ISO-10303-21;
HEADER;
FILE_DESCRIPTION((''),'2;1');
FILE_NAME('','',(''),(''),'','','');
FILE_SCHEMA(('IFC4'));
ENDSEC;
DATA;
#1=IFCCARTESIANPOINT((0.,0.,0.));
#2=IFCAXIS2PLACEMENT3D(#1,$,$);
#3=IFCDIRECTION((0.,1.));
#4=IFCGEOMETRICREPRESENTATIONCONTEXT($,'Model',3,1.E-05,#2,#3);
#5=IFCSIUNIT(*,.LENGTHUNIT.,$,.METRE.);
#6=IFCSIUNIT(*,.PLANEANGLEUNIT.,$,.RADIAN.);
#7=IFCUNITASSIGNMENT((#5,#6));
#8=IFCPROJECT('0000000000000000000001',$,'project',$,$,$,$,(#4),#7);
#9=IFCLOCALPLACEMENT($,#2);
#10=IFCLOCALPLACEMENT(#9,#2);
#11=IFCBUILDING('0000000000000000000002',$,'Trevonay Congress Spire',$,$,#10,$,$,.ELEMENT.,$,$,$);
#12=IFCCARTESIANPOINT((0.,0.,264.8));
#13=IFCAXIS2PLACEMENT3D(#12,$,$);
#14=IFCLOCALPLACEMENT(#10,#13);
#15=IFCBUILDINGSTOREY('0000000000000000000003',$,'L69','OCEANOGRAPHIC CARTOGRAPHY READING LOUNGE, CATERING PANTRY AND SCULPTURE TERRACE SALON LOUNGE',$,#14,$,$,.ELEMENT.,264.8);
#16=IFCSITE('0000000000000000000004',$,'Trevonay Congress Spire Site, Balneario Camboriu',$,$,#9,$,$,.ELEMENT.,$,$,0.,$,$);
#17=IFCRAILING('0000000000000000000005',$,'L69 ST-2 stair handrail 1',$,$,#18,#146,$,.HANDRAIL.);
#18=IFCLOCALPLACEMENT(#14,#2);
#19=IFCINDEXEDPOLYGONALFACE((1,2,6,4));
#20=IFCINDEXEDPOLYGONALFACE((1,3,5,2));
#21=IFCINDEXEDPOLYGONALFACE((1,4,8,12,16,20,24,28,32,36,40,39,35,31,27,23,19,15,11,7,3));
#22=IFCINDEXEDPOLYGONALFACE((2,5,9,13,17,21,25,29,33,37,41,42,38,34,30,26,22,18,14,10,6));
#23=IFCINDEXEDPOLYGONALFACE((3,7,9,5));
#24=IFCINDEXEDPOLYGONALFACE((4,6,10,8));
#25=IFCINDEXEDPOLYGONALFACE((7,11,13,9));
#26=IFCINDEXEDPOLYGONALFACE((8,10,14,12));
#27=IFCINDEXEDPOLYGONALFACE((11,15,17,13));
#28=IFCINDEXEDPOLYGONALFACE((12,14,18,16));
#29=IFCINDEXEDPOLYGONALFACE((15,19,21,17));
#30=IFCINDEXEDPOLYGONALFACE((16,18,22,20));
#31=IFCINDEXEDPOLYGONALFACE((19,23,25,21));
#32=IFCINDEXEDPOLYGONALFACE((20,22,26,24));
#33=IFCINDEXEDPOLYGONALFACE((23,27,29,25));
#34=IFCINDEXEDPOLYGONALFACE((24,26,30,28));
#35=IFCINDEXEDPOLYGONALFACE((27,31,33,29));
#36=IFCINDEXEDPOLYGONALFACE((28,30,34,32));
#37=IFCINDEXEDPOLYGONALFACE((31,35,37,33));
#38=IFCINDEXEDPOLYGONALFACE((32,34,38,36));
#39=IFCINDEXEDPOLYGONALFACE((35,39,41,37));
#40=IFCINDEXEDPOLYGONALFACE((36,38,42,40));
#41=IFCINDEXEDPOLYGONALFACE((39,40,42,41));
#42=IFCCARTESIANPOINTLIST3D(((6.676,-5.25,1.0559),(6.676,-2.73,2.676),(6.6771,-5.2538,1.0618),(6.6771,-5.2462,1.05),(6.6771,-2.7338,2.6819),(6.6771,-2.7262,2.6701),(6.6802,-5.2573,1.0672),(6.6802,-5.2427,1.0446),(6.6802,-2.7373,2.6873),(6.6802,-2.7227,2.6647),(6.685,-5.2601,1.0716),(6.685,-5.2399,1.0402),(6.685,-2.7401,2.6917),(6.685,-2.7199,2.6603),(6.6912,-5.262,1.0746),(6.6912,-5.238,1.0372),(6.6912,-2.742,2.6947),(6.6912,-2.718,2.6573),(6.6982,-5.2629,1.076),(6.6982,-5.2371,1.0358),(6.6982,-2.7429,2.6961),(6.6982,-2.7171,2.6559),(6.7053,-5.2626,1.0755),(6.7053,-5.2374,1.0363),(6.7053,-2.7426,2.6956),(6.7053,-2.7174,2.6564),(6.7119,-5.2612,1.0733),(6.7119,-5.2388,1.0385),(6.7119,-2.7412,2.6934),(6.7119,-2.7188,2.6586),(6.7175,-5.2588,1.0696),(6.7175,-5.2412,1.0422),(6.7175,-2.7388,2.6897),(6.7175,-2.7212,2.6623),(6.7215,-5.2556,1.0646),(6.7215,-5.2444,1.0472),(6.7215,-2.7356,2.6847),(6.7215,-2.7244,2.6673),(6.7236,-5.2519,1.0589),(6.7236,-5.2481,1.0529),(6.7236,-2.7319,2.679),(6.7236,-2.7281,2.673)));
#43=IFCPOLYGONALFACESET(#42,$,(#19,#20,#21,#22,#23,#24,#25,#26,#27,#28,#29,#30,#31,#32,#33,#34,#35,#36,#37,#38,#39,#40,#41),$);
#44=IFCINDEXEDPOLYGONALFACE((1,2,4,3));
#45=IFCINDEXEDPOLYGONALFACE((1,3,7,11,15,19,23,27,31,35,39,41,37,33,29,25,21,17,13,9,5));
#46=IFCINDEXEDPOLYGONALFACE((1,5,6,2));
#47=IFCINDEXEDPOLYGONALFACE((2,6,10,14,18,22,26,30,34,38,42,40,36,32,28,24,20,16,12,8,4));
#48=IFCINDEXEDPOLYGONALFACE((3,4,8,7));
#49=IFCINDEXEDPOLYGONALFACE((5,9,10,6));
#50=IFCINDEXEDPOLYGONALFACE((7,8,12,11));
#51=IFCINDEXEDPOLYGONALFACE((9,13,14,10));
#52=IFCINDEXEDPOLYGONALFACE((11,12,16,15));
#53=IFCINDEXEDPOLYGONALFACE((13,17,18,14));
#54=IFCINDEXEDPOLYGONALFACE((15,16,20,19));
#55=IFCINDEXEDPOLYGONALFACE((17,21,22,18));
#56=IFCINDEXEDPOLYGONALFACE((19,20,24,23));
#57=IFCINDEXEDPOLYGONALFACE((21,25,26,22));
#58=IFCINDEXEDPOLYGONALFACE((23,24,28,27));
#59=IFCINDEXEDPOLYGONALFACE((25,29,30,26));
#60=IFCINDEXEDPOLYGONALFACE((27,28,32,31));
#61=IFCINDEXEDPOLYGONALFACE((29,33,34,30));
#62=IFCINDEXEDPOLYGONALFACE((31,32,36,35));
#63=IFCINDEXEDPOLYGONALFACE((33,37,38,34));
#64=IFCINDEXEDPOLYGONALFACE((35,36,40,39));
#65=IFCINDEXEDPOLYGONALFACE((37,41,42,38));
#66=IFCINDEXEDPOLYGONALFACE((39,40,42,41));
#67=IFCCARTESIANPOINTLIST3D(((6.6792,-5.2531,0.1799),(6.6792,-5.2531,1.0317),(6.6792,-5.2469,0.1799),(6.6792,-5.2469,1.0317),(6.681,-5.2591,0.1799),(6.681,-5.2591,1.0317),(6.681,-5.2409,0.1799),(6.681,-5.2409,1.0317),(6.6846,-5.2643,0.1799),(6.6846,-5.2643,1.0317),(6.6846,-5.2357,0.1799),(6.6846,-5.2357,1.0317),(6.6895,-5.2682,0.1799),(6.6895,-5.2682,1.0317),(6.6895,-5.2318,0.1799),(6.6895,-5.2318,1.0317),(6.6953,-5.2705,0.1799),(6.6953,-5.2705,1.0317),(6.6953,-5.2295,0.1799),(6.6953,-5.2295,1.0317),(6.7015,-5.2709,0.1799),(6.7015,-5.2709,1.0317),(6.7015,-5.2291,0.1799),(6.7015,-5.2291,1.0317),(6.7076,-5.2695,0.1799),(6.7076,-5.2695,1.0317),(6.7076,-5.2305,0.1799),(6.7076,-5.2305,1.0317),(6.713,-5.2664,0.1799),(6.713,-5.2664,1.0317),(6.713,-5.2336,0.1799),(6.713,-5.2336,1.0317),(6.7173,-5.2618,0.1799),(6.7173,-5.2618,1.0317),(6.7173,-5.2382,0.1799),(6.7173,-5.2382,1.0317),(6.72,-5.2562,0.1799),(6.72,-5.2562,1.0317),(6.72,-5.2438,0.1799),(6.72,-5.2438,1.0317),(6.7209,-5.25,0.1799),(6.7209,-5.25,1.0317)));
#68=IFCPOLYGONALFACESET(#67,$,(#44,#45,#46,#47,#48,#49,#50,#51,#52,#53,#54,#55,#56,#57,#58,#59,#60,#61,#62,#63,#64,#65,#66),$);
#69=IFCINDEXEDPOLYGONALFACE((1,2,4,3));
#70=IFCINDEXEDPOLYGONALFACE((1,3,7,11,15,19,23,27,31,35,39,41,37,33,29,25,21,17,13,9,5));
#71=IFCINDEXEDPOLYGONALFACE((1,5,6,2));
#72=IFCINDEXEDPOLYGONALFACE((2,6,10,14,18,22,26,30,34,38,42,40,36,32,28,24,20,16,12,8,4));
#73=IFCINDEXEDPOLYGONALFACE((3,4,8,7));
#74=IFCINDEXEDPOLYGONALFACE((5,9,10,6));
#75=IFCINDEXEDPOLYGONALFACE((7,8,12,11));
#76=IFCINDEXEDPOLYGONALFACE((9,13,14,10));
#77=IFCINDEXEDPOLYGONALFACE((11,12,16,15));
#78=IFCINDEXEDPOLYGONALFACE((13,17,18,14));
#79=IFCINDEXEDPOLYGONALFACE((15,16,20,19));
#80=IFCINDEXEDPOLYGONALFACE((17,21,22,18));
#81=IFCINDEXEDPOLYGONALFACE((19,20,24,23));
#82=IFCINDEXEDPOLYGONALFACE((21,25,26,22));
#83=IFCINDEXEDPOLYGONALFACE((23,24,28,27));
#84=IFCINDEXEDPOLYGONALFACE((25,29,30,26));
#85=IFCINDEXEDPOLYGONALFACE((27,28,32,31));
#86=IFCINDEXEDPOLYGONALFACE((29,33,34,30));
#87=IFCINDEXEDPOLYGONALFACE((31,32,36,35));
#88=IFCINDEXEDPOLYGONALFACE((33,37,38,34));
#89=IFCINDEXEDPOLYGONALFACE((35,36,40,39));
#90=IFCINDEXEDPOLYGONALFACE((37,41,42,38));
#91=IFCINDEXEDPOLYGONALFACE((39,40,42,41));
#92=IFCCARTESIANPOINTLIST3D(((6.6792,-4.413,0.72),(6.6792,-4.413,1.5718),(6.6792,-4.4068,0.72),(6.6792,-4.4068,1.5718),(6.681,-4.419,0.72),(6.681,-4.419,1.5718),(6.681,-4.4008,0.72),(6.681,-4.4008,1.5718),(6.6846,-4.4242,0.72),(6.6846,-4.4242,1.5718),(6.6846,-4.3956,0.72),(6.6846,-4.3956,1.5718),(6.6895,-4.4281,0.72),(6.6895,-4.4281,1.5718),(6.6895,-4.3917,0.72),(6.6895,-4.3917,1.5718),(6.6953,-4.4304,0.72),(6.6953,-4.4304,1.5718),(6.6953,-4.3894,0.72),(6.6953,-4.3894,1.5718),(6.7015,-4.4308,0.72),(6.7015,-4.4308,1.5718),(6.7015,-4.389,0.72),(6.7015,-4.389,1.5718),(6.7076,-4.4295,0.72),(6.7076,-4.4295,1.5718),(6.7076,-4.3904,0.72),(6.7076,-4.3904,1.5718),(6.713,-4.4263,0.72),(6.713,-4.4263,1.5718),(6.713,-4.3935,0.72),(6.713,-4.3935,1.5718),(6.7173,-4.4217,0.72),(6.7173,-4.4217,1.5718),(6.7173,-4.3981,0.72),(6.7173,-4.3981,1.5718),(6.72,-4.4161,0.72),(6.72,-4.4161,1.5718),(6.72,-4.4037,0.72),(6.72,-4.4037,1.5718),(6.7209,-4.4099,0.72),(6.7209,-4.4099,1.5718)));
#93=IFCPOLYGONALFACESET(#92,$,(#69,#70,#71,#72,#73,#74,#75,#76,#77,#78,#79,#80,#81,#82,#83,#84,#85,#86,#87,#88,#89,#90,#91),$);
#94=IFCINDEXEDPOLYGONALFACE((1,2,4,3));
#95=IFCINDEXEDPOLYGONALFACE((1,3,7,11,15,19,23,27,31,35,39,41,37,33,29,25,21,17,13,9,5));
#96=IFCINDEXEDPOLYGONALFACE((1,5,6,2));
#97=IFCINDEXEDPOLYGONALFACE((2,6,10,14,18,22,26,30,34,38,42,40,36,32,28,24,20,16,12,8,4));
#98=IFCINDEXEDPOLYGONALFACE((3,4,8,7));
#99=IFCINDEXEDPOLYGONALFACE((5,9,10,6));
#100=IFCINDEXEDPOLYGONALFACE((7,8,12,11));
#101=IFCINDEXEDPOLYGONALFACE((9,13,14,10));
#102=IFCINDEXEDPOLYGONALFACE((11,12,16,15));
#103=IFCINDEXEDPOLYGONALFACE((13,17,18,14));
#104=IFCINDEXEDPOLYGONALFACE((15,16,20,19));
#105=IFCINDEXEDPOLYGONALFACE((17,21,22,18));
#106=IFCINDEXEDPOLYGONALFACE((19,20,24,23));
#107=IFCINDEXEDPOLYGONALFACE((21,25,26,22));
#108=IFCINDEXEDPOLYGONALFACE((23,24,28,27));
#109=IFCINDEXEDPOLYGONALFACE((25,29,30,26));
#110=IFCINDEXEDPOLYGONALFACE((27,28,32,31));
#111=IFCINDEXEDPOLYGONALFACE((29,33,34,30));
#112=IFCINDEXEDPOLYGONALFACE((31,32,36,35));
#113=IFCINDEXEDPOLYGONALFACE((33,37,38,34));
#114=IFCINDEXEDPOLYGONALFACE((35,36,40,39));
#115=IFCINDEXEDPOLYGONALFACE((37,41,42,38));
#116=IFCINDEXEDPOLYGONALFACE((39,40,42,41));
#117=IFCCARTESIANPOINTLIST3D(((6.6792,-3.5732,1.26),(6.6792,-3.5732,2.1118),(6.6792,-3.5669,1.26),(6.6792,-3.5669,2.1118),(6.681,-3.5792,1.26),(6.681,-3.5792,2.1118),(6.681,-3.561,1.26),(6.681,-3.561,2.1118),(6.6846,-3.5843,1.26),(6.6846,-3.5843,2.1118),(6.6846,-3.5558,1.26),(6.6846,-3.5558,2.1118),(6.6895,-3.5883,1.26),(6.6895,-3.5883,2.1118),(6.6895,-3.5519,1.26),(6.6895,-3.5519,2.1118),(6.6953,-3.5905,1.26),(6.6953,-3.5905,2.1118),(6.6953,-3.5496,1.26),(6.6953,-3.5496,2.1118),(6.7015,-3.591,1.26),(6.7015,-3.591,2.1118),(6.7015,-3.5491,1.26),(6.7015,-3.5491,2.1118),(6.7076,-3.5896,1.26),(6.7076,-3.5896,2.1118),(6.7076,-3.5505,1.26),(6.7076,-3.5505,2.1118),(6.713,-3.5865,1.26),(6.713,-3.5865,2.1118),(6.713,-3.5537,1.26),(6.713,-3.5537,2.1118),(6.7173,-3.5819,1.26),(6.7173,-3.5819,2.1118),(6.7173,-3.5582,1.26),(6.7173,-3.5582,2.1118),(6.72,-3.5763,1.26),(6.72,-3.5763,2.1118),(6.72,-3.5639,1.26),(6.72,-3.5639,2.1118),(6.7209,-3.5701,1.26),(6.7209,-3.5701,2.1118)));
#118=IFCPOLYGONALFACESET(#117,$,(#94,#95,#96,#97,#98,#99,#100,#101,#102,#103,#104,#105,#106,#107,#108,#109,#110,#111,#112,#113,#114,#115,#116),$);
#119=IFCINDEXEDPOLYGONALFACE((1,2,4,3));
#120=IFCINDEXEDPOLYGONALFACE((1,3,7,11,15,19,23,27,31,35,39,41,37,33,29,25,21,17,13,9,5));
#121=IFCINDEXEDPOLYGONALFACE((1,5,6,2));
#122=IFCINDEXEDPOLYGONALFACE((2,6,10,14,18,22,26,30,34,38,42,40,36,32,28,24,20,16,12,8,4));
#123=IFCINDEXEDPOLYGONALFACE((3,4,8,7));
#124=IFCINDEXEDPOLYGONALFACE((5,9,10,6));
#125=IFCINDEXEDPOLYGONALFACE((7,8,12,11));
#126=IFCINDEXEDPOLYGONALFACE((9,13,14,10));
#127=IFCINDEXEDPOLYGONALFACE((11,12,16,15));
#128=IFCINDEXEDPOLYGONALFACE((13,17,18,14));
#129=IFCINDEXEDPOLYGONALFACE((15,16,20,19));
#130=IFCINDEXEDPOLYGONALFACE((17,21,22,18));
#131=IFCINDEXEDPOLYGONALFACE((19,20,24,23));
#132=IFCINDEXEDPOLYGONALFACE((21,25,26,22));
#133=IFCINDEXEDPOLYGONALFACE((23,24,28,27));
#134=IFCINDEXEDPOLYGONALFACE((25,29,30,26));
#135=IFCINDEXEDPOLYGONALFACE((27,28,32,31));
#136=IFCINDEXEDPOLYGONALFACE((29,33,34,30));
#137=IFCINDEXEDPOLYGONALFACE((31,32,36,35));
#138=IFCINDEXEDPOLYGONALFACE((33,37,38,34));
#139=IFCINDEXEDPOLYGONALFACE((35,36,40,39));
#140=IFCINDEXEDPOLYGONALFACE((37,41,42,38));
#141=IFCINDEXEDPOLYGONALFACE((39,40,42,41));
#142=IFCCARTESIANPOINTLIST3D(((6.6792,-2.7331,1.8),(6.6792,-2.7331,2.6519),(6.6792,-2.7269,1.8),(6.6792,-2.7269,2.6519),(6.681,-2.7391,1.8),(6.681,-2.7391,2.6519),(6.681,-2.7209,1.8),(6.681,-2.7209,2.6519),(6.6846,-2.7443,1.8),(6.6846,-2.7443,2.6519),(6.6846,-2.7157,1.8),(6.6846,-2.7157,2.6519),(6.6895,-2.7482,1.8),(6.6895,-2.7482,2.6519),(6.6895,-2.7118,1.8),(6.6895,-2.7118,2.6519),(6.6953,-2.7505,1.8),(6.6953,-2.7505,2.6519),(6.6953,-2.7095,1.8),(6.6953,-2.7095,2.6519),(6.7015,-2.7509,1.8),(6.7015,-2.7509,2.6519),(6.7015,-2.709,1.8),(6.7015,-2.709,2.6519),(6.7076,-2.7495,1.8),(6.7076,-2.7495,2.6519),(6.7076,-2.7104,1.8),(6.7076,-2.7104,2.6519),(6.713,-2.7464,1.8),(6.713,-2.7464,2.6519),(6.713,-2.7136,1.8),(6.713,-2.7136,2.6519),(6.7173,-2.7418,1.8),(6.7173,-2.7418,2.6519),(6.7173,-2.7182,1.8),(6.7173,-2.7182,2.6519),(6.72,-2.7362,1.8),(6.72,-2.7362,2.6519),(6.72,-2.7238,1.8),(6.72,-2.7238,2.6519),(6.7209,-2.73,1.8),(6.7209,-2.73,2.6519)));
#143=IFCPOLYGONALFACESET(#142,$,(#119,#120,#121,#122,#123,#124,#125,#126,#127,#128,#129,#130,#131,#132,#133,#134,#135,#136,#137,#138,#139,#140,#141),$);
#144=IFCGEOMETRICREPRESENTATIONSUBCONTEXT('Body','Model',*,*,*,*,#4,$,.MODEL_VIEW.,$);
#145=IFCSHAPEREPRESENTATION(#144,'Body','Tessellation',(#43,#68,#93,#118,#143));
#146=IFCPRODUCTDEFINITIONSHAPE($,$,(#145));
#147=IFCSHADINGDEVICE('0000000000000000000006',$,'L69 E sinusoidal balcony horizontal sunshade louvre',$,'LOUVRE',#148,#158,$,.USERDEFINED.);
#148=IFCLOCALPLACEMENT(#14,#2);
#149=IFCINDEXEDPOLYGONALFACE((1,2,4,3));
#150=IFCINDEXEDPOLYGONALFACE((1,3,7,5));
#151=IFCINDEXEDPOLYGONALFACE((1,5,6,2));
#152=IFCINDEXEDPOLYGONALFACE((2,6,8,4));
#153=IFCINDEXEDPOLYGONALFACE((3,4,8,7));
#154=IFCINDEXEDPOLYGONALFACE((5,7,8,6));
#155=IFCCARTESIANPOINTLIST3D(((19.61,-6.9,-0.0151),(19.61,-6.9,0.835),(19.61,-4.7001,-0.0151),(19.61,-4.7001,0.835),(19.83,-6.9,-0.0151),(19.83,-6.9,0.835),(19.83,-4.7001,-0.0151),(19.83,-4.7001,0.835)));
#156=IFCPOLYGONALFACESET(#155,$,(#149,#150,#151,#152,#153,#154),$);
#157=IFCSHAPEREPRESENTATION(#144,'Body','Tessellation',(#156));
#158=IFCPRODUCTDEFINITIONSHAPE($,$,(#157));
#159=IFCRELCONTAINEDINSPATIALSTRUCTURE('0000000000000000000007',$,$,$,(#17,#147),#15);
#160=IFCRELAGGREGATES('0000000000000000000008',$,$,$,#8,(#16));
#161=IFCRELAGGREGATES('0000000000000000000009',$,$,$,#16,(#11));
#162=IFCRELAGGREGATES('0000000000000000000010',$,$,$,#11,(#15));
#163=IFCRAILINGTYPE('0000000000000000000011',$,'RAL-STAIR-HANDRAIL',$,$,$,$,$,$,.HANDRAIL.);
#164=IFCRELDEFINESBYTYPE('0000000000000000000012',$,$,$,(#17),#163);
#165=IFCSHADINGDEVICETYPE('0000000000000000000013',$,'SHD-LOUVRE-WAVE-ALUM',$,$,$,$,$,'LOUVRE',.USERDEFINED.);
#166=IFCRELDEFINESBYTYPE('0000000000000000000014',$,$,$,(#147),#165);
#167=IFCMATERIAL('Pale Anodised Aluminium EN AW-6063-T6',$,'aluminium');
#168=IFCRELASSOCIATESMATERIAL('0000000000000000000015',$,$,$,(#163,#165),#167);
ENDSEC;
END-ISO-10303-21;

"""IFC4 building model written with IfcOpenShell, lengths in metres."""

from ifc_helpers import new_model, si_unit, direction, frame, origin, origin_2d, place, context, subcontext, project, spatial, rectangle, circle, extrude, material, type_object, element, save


model = new_model("IFC4")

# Units and contexts
model_context = context("Model", 3, precision=1e-05, world=origin(), true_north=direction((0.0, 1.0)))
body_context = subcontext(model_context, "Body", "Model", "MODEL_VIEW")
ifc_project = project(units=[si_unit("LENGTHUNIT", "METRE"), si_unit("PLANEANGLEUNIT", "RADIAN")], contexts=[model_context])

# Site, building, storey
site_placement = place(None, origin())
site = spatial("IfcSite", under=ifc_project, at=site_placement, Name="Trevonay Congress Spire Site, Balneario Camboriu", CompositionType="ELEMENT", RefElevation=0.0)
building_placement = place(site_placement, origin())
building = spatial("IfcBuilding", under=site, at=building_placement, Name="Trevonay Congress Spire", CompositionType="ELEMENT")
storey_placement = place(building_placement, frame((0.0, 0.0, 264.8)))
storey = spatial("IfcBuildingStorey", under=building, at=storey_placement, Name="L69", Description="OCEANOGRAPHIC CARTOGRAPHY READING LOUNGE, CATERING PANTRY AND SCULPTURE TERRACE SALON LOUNGE", CompositionType="ELEMENT", Elevation=264.8)

# Shared definitions
ifc_material_1 = material(Name="Pale Anodised Aluminium EN AW-6063-T6", Category="aluminium")

# Railing
railing_type_1 = type_object("IfcRailingType", Name="RAL-STAIR-HANDRAIL", PredefinedType="HANDRAIL", material=ifc_material_1)
railing_1_placement = place(storey_placement, frame((6.7, -5.25, 0.1799)))
element("IfcRailing", 1, at=railing_1_placement, inside=storey, type_object=railing_type_1, Name="L69 ST-2 stair handrail 1", PredefinedType="HANDRAIL", context=body_context, shape_type="SweptSolid", body=[
    extrude(circle(Radius=0.0239, at=origin_2d()), frame((0.0, 0.0, 0.876), z_axis=(0.0, 0.841163, 0.540782), x_axis=(-1.0, 0.0, 0.0)), (0.0, 0.0, 1.0), 2.9958),
    extrude(circle(Radius=0.021, at=origin_2d()), origin(), (0.0, 0.0, 1.0), 0.8518),
    extrude(circle(Radius=0.021, at=origin_2d()), frame((0.0, 0.8401, 0.54)), (0.0, 0.0, 1.0), 0.8518),
    extrude(circle(Radius=0.021, at=origin_2d()), frame((0.0, 1.6799, 1.0801)), (0.0, 0.0, 1.0), 0.8518),
    extrude(circle(Radius=0.021, at=origin_2d()), frame((0.0, 2.52, 1.6201)), (0.0, 0.0, 1.0), 0.8518),
])

# Shading device
shading_device_type = type_object("IfcShadingDeviceType", Name="SHD-LOUVRE-WAVE-ALUM", ElementType="LOUVRE", PredefinedType="USERDEFINED", material=ifc_material_1)
shading_device_placement = place(storey_placement, frame((19.72, -5.8, -0.0151), z_axis=(0.0, 0.0, 1.0), x_axis=(0.0, 1.0, 0.0)))
element("IfcShadingDevice", 2, at=shading_device_placement, inside=storey, type_object=shading_device_type, Name="L69 E sinusoidal balcony horizontal sunshade louvre", ObjectType="LOUVRE", PredefinedType="USERDEFINED", context=body_context, shape_type="SweptSolid", body=[
    extrude(rectangle(XDim=2.2, YDim=0.22, at=origin_2d()), origin(), (0.0, 0.0, 1.0), 0.8501),
])

save(model, "model.ifc")
